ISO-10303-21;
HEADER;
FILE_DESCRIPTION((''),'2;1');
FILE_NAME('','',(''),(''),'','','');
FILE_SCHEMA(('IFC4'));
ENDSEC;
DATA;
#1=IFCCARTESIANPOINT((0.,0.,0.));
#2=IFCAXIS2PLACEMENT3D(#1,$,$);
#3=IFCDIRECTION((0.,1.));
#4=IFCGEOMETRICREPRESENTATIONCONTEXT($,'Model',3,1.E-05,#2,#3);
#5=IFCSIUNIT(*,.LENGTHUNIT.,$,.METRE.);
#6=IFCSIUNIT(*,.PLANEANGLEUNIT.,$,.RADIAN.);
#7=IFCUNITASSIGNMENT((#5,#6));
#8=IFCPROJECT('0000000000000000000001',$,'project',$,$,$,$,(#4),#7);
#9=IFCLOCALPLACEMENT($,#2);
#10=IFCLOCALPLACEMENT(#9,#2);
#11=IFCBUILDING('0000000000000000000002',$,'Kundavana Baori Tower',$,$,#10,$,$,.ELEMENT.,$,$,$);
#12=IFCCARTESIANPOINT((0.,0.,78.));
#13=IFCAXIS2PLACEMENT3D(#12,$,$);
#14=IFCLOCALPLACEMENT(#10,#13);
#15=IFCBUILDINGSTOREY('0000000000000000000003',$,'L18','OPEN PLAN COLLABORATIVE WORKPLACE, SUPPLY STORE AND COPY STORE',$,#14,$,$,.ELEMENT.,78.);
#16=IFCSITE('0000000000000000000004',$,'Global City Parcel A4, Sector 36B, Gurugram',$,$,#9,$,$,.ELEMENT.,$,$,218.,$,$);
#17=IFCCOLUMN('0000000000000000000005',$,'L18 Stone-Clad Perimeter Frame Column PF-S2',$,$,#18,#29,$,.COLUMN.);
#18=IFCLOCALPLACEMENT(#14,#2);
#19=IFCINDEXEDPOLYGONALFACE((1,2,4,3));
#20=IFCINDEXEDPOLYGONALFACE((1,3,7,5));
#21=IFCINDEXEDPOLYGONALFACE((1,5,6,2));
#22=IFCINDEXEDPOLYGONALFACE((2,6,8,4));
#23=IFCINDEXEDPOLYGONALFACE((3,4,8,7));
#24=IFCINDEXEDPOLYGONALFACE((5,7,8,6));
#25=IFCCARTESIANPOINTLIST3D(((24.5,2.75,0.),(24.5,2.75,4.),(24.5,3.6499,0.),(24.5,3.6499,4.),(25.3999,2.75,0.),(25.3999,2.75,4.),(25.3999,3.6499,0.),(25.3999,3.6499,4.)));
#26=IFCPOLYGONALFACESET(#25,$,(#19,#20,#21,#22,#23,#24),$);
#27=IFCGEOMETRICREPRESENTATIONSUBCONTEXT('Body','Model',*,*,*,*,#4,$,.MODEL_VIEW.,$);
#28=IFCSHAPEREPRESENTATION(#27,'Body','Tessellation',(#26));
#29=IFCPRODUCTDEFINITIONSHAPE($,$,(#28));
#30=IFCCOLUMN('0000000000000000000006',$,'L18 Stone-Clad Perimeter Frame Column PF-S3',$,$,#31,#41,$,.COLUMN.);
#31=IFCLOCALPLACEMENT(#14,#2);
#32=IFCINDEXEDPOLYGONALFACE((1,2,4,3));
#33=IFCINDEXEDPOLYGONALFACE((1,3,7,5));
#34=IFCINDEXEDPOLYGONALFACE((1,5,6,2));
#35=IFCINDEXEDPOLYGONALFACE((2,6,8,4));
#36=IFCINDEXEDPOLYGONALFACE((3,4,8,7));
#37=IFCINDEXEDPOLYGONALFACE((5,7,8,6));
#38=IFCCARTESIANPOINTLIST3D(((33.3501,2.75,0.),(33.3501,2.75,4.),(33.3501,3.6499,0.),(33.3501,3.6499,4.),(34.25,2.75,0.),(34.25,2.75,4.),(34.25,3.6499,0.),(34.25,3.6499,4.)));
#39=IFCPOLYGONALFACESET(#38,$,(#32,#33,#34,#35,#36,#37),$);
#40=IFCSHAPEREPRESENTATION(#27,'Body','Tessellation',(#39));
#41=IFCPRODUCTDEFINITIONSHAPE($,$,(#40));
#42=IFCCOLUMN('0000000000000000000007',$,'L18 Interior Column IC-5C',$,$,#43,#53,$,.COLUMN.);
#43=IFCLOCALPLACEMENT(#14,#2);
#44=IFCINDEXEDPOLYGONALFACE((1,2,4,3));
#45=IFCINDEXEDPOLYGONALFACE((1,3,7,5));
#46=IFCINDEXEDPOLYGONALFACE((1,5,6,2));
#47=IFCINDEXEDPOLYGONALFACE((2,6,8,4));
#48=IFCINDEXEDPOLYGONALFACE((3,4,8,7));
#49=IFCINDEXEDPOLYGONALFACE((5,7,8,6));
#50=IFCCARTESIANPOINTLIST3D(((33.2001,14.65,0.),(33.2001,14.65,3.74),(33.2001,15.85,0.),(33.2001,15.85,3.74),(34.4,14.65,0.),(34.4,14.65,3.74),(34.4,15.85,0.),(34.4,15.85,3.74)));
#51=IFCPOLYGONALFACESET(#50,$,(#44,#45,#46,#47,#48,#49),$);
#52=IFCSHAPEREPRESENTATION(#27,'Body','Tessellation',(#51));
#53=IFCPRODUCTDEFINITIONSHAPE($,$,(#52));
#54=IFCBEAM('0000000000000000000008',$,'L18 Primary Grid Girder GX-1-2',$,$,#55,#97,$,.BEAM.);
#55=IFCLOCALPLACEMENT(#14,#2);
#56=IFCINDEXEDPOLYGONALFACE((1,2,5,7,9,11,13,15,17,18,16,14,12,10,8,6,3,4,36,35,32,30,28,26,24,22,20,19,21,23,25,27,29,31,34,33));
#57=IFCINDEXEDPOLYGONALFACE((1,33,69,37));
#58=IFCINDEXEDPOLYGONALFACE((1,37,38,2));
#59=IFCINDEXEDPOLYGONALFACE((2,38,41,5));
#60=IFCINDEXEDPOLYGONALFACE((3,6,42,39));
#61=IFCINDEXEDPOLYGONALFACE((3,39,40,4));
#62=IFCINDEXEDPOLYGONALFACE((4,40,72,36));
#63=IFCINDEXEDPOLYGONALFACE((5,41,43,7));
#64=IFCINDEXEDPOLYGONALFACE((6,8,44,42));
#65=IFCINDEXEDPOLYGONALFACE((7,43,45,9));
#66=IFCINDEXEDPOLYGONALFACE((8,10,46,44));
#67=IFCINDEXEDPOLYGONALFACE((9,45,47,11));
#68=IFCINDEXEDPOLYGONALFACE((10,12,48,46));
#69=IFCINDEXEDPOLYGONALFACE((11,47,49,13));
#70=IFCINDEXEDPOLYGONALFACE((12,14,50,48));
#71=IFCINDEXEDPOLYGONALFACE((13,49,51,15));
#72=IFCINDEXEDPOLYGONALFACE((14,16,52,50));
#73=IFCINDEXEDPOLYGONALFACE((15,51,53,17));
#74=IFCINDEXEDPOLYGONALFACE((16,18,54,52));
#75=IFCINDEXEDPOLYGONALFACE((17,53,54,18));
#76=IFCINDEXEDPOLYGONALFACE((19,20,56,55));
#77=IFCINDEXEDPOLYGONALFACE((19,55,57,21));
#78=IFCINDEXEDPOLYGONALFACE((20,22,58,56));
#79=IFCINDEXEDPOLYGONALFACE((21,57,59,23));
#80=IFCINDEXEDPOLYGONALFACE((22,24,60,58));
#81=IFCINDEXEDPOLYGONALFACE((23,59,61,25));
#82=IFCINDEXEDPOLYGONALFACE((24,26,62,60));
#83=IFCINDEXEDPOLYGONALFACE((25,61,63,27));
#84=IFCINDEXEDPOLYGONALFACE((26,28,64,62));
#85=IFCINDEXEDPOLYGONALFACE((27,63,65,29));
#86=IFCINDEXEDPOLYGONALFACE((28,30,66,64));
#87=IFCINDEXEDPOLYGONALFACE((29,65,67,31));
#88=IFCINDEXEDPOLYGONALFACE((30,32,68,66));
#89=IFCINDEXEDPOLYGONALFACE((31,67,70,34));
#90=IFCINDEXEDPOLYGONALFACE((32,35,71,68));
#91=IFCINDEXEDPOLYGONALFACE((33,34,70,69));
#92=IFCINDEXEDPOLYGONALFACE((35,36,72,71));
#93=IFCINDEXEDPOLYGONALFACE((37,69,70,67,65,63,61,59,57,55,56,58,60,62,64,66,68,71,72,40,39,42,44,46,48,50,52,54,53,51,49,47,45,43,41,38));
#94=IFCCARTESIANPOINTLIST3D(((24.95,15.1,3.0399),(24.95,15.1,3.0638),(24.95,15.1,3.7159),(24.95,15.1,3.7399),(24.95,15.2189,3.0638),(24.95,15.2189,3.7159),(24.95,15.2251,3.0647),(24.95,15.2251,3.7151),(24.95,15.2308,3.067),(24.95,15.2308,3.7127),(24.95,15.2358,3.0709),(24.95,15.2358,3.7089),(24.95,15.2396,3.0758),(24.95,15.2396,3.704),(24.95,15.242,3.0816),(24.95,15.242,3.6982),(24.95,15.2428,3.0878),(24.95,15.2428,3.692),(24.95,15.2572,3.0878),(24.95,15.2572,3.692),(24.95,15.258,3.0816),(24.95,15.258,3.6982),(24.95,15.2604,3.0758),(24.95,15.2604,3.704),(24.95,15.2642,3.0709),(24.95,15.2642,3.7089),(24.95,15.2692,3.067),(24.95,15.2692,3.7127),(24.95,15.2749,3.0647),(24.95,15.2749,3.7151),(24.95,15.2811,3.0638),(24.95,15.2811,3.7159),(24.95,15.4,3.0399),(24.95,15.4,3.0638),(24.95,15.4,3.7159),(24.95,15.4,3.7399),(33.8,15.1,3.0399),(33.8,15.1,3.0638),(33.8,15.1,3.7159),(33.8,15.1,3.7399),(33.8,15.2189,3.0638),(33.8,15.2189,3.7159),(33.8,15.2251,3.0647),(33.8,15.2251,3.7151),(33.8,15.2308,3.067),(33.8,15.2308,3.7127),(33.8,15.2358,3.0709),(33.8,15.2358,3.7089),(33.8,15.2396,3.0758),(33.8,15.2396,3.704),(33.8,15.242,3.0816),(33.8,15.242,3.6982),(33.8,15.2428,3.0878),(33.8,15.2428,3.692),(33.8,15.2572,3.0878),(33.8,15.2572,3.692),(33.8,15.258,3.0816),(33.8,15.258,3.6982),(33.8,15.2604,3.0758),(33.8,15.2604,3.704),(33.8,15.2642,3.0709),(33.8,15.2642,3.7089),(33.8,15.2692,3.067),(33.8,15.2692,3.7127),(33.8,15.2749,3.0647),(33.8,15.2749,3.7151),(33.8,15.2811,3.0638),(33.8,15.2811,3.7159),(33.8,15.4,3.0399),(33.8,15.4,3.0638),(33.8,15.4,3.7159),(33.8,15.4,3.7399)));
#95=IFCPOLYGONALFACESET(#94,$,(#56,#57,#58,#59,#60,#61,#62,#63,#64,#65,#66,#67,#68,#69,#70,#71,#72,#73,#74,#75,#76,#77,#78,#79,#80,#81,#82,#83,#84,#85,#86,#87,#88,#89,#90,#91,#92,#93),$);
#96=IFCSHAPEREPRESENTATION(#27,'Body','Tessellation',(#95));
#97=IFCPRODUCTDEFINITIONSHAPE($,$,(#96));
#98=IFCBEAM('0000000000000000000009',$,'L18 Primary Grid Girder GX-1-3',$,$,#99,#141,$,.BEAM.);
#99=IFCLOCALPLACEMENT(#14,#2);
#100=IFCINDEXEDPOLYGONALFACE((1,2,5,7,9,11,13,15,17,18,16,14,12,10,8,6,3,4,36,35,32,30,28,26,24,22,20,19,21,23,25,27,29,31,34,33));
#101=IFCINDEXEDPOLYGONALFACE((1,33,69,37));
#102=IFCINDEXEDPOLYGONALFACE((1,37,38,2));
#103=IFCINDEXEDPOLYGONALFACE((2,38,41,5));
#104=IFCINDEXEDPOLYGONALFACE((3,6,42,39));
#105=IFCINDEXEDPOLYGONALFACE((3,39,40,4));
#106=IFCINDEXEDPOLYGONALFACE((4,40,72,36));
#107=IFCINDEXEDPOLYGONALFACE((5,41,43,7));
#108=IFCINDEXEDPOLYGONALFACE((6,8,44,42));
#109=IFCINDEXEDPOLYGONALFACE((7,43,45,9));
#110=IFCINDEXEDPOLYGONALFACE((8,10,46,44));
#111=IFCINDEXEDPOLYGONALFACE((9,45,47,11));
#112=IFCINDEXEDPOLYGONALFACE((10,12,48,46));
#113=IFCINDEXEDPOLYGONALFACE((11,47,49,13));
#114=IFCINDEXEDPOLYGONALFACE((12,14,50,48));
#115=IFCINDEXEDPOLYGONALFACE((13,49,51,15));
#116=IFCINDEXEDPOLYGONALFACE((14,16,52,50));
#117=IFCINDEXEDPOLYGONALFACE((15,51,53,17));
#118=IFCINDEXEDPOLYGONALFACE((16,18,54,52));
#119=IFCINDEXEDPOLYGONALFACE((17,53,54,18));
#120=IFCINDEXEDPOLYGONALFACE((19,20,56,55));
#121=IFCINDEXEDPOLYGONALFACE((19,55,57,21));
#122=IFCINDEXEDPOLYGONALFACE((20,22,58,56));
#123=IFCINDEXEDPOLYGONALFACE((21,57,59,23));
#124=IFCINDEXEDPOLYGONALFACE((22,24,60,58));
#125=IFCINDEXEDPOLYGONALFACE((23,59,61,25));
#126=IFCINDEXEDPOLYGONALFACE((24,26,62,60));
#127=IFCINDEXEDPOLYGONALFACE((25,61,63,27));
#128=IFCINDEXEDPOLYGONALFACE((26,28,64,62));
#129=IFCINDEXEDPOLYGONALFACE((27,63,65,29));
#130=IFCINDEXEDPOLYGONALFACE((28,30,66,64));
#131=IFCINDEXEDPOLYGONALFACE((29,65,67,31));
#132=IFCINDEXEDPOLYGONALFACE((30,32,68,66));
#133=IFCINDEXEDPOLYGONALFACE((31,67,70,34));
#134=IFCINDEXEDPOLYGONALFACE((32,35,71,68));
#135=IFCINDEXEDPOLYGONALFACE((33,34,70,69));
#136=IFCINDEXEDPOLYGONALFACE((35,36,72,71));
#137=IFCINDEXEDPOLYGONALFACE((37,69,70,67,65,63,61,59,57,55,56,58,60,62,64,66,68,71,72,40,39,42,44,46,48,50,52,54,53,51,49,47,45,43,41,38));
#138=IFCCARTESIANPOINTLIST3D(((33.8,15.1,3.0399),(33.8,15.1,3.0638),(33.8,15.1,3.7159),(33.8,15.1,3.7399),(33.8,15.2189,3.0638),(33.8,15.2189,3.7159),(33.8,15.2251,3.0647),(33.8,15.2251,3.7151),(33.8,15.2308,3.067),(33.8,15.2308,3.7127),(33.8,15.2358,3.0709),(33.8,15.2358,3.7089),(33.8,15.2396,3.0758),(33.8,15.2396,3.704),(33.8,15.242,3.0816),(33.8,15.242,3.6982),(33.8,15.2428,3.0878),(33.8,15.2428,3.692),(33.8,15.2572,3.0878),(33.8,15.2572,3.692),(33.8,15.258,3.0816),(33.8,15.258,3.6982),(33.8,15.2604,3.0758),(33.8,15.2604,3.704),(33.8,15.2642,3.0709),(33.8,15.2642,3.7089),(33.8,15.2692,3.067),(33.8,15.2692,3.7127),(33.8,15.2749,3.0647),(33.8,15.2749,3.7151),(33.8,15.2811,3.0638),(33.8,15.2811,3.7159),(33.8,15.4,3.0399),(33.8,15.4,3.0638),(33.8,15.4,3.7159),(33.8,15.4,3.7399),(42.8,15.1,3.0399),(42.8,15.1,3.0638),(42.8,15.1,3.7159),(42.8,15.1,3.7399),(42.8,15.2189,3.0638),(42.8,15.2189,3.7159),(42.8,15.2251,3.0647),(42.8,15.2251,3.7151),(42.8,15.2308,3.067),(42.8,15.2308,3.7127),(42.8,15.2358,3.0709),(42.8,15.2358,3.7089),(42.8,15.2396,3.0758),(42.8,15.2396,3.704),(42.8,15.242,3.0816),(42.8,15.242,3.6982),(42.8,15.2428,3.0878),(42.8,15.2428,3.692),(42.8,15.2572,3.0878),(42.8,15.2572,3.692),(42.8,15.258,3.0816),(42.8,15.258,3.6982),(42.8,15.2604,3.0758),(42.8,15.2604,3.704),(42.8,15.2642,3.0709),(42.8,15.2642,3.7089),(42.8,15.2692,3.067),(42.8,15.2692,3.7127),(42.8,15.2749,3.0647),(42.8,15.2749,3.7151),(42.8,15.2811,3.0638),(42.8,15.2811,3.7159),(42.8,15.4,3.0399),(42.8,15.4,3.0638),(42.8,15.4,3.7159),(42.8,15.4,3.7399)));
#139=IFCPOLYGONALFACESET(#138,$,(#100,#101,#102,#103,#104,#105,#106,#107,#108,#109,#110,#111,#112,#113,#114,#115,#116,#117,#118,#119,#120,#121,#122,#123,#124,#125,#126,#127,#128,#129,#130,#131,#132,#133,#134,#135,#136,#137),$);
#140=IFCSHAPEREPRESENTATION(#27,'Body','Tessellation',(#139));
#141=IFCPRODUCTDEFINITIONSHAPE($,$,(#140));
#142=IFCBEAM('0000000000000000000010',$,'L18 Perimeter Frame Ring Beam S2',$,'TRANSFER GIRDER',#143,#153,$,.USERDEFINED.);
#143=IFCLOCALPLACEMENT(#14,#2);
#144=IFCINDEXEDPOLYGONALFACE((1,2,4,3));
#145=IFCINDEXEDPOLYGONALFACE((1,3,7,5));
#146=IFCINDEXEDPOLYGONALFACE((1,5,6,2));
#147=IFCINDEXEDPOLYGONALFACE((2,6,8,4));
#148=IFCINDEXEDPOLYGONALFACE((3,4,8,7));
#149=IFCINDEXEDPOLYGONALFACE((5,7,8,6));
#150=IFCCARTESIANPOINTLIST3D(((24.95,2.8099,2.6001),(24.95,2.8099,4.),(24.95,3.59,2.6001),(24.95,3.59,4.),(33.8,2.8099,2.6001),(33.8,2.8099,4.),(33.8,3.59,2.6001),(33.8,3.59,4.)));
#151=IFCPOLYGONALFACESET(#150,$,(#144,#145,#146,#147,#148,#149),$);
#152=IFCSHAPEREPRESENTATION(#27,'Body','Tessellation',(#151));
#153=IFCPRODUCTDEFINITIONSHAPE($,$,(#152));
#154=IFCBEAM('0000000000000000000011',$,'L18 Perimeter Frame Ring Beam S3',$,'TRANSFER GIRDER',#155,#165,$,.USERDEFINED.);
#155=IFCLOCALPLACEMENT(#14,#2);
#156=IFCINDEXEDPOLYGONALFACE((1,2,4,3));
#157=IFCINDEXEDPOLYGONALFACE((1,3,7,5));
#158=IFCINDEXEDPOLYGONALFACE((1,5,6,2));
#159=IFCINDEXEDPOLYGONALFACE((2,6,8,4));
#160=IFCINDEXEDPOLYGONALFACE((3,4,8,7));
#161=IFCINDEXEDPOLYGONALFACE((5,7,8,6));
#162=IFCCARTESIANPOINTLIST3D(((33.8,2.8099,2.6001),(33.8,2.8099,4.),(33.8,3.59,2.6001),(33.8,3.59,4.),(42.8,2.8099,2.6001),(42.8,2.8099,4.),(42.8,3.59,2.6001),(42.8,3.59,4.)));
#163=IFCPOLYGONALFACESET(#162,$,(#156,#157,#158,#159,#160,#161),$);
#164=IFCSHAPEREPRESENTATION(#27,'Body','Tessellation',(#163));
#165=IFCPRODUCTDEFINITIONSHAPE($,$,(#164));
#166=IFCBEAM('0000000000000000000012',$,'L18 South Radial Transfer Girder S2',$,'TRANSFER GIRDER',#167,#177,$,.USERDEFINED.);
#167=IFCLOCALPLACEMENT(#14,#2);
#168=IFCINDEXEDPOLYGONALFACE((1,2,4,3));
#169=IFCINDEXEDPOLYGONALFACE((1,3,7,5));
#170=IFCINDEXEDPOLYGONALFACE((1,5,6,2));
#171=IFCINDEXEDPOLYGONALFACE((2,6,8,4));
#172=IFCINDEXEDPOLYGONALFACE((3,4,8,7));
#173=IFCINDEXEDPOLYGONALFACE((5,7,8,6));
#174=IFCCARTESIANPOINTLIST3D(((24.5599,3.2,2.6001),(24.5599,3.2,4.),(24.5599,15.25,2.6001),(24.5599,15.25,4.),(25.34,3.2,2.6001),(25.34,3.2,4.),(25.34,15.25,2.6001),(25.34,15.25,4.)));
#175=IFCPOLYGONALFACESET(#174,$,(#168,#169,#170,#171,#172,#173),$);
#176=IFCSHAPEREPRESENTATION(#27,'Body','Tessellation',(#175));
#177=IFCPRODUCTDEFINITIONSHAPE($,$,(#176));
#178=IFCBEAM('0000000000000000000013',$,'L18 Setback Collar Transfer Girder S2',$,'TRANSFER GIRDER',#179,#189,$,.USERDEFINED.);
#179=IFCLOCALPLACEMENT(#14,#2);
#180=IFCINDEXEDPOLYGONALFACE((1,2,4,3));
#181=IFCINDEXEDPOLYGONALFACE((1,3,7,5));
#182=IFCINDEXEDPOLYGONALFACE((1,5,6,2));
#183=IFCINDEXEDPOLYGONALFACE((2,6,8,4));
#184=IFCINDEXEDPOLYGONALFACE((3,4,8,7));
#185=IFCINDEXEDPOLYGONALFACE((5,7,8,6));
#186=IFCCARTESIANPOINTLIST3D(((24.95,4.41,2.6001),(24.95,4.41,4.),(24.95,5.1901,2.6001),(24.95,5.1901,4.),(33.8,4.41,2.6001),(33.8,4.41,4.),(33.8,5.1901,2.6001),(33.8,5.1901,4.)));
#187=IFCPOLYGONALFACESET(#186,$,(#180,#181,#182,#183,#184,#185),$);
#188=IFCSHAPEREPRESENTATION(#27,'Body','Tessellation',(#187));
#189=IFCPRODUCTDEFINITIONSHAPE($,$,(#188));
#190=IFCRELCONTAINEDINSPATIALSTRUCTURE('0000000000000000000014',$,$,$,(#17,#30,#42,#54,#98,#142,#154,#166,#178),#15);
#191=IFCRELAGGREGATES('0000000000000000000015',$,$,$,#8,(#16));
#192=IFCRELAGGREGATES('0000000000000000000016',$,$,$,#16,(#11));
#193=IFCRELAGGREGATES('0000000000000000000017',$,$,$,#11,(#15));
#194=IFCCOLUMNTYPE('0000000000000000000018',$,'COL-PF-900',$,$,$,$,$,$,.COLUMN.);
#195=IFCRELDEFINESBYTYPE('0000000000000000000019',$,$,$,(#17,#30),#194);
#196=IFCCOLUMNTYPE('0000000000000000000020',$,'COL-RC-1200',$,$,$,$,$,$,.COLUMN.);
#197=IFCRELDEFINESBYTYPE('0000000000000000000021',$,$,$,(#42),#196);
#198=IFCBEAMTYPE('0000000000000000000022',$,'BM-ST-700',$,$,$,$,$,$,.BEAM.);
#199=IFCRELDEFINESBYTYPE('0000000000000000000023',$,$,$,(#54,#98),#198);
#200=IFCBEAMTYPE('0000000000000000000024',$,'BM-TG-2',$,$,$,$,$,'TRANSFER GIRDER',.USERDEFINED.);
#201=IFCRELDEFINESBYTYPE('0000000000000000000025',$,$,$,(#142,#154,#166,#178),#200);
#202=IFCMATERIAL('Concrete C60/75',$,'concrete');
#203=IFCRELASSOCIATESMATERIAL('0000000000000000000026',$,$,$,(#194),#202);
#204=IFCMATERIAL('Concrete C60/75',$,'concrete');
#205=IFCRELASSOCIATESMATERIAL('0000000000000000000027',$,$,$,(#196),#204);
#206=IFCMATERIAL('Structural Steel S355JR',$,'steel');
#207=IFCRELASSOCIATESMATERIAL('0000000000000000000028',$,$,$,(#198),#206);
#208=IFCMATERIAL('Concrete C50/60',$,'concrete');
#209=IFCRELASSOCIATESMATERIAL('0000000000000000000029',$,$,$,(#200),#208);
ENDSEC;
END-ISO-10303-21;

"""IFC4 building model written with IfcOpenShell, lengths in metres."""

from ifc_helpers import new_model, si_unit, direction, frame, origin, origin_2d, place, context, subcontext, project, spatial, rectangle, i_section, extrude, material, material_profile, profile_set, type_object, element, save


model = new_model("IFC4")

# Units and contexts
model_context = context("Model", 3, precision=1e-05, world=origin(), true_north=direction((0.0, 1.0)))
body_context = subcontext(model_context, "Body", "Model", "MODEL_VIEW")
ifc_project = project(units=[si_unit("LENGTHUNIT", "METRE"), si_unit("PLANEANGLEUNIT", "RADIAN")], contexts=[model_context])

# Site, building, storey
site_placement = place(None, origin())
site = spatial("IfcSite", under=ifc_project, at=site_placement, Name="Global City Parcel A4, Sector 36B, Gurugram", CompositionType="ELEMENT", RefElevation=218.0)
building_placement = place(site_placement, origin())
building = spatial("IfcBuilding", under=site, at=building_placement, Name="Kundavana Baori Tower", CompositionType="ELEMENT")
storey_placement = place(building_placement, frame((0.0, 0.0, 78.0)))
storey = spatial("IfcBuildingStorey", under=building, at=storey_placement, Name="L18", Description="OPEN PLAN COLLABORATIVE WORKPLACE, SUPPLY STORE AND COPY STORE", CompositionType="ELEMENT", Elevation=78.0)

# Columns
ifc_material_1 = material(Name="Concrete C60/75", Category="concrete")
ifc_material_profile_1 = material_profile(ifc_material_1, rectangle(XDim=0.8999, YDim=0.8999, at=origin_2d()), Name="RC PF 900x900")
ifc_profile_set_1 = profile_set([ifc_material_profile_1], Name="Concrete C60/75")
column_type_1 = type_object("IfcColumnType", Name="COL-PF-900", PredefinedType="COLUMN", material=ifc_profile_set_1)
for number, where, z_axis, x_axis, name in (
    (1, (24.95, 3.2, 0.0), (0.0, 0.0, 1.0), (1.0, 0.0, 0.0), "L18 Stone-Clad Perimeter Frame Column PF-S2"),
    (2, (33.8, 3.2, 0.0), (0.0, 0.0, 1.0), (1.0, 0.0, 0.0), "L18 Stone-Clad Perimeter Frame Column PF-S3"),
):
    element("IfcColumn", number, at=place(storey_placement, frame(where, z_axis=z_axis, x_axis=x_axis)), inside=storey, type_object=column_type_1, Name=name, PredefinedType="COLUMN", context=body_context, shape_type="SweptSolid", body=[
        extrude(rectangle(XDim=0.8999, YDim=0.8999, at=origin_2d()), origin(), (0.0, 0.0, 1.0), 4.0),
    ])
ifc_material_2 = material(Name="Concrete C60/75", Category="concrete")
ifc_material_profile_2 = material_profile(ifc_material_2, rectangle(XDim=1.2, YDim=1.2, at=origin_2d()), Name="RC 1200x1200")
ifc_profile_set_2 = profile_set([ifc_material_profile_2], Name="Concrete C60/75")
column_type_2 = type_object("IfcColumnType", Name="COL-RC-1200", PredefinedType="COLUMN", material=ifc_profile_set_2)
column_placement = place(storey_placement, frame((33.8, 15.25, 0.0), z_axis=(0.0, 0.0, 1.0), x_axis=(1.0, 0.0, 0.0)))
element("IfcColumn", 3, at=column_placement, inside=storey, type_object=column_type_2, Name="L18 Interior Column IC-5C", PredefinedType="COLUMN", context=body_context, shape_type="SweptSolid", body=[
    extrude(rectangle(XDim=1.2, YDim=1.2, at=origin_2d()), origin(), (0.0, 0.0, 1.0), 3.74),
])

# Beams
ifc_material_3 = material(Name="Structural Steel S355JR", Category="steel")
ifc_material_profile_3 = material_profile(ifc_material_3, i_section(OverallWidth=0.3, OverallDepth=0.7, WebThickness=0.0144, FlangeThickness=0.0239, FilletRadius=0.0239, at=origin_2d()), Name="NPB 700x300x170")
ifc_profile_set_3 = profile_set([ifc_material_profile_3], Name="Structural Steel S355JR")
beam_type_1 = type_object("IfcBeamType", Name="BM-ST-700", PredefinedType="BEAM", material=ifc_profile_set_3)
beam_1_placement = place(storey_placement, frame((24.95, 15.25, 3.3899), z_axis=(1.0, 0.0, 0.0), x_axis=(0.0, 1.0, 0.0)))
element("IfcBeam", 4, at=beam_1_placement, inside=storey, type_object=beam_type_1, Name="L18 Primary Grid Girder GX-1-2", PredefinedType="BEAM", context=body_context, shape_type="SweptSolid", body=[
    extrude(i_section(OverallWidth=0.3, OverallDepth=0.7, WebThickness=0.0144, FlangeThickness=0.0239, FilletRadius=0.0239, at=origin_2d()), origin(), (0.0, 0.0, 1.0), 8.8501),
])
beam_2_placement = place(storey_placement, frame((33.8, 15.25, 3.3899), z_axis=(1.0, 0.0, 0.0), x_axis=(0.0, 1.0, 0.0)))
element("IfcBeam", 5, at=beam_2_placement, inside=storey, type_object=beam_type_1, Name="L18 Primary Grid Girder GX-1-3", PredefinedType="BEAM", context=body_context, shape_type="SweptSolid", body=[
    extrude(i_section(OverallWidth=0.3, OverallDepth=0.7, WebThickness=0.0144, FlangeThickness=0.0239, FilletRadius=0.0239, at=origin_2d()), origin(), (0.0, 0.0, 1.0), 9.0),
])
ifc_material_4 = material(Name="Concrete C50/60", Category="concrete")
ifc_material_profile_4 = material_profile(ifc_material_4, rectangle(XDim=0.78, YDim=1.3999, at=origin_2d()), Name="BM-TG-2")
ifc_profile_set_4 = profile_set([ifc_material_profile_4], Name="Concrete C50/60")
beam_type_2 = type_object("IfcBeamType", Name="BM-TG-2", ElementType="TRANSFER GIRDER", PredefinedType="USERDEFINED", material=ifc_profile_set_4)
beam_3_placement = place(storey_placement, frame((24.95, 3.2, 3.3), z_axis=(1.0, 0.0, 0.0), x_axis=(0.0, 1.0, 0.0)))
element("IfcBeam", 6, at=beam_3_placement, inside=storey, type_object=beam_type_2, Name="L18 Perimeter Frame Ring Beam S2", ObjectType="TRANSFER GIRDER", PredefinedType="USERDEFINED", context=body_context, shape_type="SweptSolid", body=[
    extrude(rectangle(XDim=0.78, YDim=1.3999, at=origin_2d()), origin(), (0.0, 0.0, 1.0), 8.8501),
])
beam_4_placement = place(storey_placement, frame((33.8, 3.2, 3.3), z_axis=(1.0, 0.0, 0.0), x_axis=(0.0, 1.0, 0.0)))
element("IfcBeam", 7, at=beam_4_placement, inside=storey, type_object=beam_type_2, Name="L18 Perimeter Frame Ring Beam S3", ObjectType="TRANSFER GIRDER", PredefinedType="USERDEFINED", context=body_context, shape_type="SweptSolid", body=[
    extrude(rectangle(XDim=0.78, YDim=1.3999, at=origin_2d()), origin(), (0.0, 0.0, 1.0), 9.0),
])
beam_5_placement = place(storey_placement, frame((24.95, 15.25, 3.3), z_axis=(0.0, -1.0, 0.0), x_axis=(1.0, 0.0, 0.0)))
element("IfcBeam", 8, at=beam_5_placement, inside=storey, type_object=beam_type_2, Name="L18 South Radial Transfer Girder S2", ObjectType="TRANSFER GIRDER", PredefinedType="USERDEFINED", context=body_context, shape_type="SweptSolid", body=[
    extrude(rectangle(XDim=0.78, YDim=1.3999, at=origin_2d()), origin(), (0.0, 0.0, 1.0), 12.05),
])
beam_6_placement = place(storey_placement, frame((24.95, 4.8, 3.3), z_axis=(1.0, 0.0, 0.0), x_axis=(0.0, 1.0, 0.0)))
element("IfcBeam", 9, at=beam_6_placement, inside=storey, type_object=beam_type_2, Name="L18 Setback Collar Transfer Girder S2", ObjectType="TRANSFER GIRDER", PredefinedType="USERDEFINED", context=body_context, shape_type="SweptSolid", body=[
    extrude(rectangle(XDim=0.78, YDim=1.3999, at=origin_2d()), origin(), (0.0, 0.0, 1.0), 8.8501),
])

save(model, "model.ifc")
